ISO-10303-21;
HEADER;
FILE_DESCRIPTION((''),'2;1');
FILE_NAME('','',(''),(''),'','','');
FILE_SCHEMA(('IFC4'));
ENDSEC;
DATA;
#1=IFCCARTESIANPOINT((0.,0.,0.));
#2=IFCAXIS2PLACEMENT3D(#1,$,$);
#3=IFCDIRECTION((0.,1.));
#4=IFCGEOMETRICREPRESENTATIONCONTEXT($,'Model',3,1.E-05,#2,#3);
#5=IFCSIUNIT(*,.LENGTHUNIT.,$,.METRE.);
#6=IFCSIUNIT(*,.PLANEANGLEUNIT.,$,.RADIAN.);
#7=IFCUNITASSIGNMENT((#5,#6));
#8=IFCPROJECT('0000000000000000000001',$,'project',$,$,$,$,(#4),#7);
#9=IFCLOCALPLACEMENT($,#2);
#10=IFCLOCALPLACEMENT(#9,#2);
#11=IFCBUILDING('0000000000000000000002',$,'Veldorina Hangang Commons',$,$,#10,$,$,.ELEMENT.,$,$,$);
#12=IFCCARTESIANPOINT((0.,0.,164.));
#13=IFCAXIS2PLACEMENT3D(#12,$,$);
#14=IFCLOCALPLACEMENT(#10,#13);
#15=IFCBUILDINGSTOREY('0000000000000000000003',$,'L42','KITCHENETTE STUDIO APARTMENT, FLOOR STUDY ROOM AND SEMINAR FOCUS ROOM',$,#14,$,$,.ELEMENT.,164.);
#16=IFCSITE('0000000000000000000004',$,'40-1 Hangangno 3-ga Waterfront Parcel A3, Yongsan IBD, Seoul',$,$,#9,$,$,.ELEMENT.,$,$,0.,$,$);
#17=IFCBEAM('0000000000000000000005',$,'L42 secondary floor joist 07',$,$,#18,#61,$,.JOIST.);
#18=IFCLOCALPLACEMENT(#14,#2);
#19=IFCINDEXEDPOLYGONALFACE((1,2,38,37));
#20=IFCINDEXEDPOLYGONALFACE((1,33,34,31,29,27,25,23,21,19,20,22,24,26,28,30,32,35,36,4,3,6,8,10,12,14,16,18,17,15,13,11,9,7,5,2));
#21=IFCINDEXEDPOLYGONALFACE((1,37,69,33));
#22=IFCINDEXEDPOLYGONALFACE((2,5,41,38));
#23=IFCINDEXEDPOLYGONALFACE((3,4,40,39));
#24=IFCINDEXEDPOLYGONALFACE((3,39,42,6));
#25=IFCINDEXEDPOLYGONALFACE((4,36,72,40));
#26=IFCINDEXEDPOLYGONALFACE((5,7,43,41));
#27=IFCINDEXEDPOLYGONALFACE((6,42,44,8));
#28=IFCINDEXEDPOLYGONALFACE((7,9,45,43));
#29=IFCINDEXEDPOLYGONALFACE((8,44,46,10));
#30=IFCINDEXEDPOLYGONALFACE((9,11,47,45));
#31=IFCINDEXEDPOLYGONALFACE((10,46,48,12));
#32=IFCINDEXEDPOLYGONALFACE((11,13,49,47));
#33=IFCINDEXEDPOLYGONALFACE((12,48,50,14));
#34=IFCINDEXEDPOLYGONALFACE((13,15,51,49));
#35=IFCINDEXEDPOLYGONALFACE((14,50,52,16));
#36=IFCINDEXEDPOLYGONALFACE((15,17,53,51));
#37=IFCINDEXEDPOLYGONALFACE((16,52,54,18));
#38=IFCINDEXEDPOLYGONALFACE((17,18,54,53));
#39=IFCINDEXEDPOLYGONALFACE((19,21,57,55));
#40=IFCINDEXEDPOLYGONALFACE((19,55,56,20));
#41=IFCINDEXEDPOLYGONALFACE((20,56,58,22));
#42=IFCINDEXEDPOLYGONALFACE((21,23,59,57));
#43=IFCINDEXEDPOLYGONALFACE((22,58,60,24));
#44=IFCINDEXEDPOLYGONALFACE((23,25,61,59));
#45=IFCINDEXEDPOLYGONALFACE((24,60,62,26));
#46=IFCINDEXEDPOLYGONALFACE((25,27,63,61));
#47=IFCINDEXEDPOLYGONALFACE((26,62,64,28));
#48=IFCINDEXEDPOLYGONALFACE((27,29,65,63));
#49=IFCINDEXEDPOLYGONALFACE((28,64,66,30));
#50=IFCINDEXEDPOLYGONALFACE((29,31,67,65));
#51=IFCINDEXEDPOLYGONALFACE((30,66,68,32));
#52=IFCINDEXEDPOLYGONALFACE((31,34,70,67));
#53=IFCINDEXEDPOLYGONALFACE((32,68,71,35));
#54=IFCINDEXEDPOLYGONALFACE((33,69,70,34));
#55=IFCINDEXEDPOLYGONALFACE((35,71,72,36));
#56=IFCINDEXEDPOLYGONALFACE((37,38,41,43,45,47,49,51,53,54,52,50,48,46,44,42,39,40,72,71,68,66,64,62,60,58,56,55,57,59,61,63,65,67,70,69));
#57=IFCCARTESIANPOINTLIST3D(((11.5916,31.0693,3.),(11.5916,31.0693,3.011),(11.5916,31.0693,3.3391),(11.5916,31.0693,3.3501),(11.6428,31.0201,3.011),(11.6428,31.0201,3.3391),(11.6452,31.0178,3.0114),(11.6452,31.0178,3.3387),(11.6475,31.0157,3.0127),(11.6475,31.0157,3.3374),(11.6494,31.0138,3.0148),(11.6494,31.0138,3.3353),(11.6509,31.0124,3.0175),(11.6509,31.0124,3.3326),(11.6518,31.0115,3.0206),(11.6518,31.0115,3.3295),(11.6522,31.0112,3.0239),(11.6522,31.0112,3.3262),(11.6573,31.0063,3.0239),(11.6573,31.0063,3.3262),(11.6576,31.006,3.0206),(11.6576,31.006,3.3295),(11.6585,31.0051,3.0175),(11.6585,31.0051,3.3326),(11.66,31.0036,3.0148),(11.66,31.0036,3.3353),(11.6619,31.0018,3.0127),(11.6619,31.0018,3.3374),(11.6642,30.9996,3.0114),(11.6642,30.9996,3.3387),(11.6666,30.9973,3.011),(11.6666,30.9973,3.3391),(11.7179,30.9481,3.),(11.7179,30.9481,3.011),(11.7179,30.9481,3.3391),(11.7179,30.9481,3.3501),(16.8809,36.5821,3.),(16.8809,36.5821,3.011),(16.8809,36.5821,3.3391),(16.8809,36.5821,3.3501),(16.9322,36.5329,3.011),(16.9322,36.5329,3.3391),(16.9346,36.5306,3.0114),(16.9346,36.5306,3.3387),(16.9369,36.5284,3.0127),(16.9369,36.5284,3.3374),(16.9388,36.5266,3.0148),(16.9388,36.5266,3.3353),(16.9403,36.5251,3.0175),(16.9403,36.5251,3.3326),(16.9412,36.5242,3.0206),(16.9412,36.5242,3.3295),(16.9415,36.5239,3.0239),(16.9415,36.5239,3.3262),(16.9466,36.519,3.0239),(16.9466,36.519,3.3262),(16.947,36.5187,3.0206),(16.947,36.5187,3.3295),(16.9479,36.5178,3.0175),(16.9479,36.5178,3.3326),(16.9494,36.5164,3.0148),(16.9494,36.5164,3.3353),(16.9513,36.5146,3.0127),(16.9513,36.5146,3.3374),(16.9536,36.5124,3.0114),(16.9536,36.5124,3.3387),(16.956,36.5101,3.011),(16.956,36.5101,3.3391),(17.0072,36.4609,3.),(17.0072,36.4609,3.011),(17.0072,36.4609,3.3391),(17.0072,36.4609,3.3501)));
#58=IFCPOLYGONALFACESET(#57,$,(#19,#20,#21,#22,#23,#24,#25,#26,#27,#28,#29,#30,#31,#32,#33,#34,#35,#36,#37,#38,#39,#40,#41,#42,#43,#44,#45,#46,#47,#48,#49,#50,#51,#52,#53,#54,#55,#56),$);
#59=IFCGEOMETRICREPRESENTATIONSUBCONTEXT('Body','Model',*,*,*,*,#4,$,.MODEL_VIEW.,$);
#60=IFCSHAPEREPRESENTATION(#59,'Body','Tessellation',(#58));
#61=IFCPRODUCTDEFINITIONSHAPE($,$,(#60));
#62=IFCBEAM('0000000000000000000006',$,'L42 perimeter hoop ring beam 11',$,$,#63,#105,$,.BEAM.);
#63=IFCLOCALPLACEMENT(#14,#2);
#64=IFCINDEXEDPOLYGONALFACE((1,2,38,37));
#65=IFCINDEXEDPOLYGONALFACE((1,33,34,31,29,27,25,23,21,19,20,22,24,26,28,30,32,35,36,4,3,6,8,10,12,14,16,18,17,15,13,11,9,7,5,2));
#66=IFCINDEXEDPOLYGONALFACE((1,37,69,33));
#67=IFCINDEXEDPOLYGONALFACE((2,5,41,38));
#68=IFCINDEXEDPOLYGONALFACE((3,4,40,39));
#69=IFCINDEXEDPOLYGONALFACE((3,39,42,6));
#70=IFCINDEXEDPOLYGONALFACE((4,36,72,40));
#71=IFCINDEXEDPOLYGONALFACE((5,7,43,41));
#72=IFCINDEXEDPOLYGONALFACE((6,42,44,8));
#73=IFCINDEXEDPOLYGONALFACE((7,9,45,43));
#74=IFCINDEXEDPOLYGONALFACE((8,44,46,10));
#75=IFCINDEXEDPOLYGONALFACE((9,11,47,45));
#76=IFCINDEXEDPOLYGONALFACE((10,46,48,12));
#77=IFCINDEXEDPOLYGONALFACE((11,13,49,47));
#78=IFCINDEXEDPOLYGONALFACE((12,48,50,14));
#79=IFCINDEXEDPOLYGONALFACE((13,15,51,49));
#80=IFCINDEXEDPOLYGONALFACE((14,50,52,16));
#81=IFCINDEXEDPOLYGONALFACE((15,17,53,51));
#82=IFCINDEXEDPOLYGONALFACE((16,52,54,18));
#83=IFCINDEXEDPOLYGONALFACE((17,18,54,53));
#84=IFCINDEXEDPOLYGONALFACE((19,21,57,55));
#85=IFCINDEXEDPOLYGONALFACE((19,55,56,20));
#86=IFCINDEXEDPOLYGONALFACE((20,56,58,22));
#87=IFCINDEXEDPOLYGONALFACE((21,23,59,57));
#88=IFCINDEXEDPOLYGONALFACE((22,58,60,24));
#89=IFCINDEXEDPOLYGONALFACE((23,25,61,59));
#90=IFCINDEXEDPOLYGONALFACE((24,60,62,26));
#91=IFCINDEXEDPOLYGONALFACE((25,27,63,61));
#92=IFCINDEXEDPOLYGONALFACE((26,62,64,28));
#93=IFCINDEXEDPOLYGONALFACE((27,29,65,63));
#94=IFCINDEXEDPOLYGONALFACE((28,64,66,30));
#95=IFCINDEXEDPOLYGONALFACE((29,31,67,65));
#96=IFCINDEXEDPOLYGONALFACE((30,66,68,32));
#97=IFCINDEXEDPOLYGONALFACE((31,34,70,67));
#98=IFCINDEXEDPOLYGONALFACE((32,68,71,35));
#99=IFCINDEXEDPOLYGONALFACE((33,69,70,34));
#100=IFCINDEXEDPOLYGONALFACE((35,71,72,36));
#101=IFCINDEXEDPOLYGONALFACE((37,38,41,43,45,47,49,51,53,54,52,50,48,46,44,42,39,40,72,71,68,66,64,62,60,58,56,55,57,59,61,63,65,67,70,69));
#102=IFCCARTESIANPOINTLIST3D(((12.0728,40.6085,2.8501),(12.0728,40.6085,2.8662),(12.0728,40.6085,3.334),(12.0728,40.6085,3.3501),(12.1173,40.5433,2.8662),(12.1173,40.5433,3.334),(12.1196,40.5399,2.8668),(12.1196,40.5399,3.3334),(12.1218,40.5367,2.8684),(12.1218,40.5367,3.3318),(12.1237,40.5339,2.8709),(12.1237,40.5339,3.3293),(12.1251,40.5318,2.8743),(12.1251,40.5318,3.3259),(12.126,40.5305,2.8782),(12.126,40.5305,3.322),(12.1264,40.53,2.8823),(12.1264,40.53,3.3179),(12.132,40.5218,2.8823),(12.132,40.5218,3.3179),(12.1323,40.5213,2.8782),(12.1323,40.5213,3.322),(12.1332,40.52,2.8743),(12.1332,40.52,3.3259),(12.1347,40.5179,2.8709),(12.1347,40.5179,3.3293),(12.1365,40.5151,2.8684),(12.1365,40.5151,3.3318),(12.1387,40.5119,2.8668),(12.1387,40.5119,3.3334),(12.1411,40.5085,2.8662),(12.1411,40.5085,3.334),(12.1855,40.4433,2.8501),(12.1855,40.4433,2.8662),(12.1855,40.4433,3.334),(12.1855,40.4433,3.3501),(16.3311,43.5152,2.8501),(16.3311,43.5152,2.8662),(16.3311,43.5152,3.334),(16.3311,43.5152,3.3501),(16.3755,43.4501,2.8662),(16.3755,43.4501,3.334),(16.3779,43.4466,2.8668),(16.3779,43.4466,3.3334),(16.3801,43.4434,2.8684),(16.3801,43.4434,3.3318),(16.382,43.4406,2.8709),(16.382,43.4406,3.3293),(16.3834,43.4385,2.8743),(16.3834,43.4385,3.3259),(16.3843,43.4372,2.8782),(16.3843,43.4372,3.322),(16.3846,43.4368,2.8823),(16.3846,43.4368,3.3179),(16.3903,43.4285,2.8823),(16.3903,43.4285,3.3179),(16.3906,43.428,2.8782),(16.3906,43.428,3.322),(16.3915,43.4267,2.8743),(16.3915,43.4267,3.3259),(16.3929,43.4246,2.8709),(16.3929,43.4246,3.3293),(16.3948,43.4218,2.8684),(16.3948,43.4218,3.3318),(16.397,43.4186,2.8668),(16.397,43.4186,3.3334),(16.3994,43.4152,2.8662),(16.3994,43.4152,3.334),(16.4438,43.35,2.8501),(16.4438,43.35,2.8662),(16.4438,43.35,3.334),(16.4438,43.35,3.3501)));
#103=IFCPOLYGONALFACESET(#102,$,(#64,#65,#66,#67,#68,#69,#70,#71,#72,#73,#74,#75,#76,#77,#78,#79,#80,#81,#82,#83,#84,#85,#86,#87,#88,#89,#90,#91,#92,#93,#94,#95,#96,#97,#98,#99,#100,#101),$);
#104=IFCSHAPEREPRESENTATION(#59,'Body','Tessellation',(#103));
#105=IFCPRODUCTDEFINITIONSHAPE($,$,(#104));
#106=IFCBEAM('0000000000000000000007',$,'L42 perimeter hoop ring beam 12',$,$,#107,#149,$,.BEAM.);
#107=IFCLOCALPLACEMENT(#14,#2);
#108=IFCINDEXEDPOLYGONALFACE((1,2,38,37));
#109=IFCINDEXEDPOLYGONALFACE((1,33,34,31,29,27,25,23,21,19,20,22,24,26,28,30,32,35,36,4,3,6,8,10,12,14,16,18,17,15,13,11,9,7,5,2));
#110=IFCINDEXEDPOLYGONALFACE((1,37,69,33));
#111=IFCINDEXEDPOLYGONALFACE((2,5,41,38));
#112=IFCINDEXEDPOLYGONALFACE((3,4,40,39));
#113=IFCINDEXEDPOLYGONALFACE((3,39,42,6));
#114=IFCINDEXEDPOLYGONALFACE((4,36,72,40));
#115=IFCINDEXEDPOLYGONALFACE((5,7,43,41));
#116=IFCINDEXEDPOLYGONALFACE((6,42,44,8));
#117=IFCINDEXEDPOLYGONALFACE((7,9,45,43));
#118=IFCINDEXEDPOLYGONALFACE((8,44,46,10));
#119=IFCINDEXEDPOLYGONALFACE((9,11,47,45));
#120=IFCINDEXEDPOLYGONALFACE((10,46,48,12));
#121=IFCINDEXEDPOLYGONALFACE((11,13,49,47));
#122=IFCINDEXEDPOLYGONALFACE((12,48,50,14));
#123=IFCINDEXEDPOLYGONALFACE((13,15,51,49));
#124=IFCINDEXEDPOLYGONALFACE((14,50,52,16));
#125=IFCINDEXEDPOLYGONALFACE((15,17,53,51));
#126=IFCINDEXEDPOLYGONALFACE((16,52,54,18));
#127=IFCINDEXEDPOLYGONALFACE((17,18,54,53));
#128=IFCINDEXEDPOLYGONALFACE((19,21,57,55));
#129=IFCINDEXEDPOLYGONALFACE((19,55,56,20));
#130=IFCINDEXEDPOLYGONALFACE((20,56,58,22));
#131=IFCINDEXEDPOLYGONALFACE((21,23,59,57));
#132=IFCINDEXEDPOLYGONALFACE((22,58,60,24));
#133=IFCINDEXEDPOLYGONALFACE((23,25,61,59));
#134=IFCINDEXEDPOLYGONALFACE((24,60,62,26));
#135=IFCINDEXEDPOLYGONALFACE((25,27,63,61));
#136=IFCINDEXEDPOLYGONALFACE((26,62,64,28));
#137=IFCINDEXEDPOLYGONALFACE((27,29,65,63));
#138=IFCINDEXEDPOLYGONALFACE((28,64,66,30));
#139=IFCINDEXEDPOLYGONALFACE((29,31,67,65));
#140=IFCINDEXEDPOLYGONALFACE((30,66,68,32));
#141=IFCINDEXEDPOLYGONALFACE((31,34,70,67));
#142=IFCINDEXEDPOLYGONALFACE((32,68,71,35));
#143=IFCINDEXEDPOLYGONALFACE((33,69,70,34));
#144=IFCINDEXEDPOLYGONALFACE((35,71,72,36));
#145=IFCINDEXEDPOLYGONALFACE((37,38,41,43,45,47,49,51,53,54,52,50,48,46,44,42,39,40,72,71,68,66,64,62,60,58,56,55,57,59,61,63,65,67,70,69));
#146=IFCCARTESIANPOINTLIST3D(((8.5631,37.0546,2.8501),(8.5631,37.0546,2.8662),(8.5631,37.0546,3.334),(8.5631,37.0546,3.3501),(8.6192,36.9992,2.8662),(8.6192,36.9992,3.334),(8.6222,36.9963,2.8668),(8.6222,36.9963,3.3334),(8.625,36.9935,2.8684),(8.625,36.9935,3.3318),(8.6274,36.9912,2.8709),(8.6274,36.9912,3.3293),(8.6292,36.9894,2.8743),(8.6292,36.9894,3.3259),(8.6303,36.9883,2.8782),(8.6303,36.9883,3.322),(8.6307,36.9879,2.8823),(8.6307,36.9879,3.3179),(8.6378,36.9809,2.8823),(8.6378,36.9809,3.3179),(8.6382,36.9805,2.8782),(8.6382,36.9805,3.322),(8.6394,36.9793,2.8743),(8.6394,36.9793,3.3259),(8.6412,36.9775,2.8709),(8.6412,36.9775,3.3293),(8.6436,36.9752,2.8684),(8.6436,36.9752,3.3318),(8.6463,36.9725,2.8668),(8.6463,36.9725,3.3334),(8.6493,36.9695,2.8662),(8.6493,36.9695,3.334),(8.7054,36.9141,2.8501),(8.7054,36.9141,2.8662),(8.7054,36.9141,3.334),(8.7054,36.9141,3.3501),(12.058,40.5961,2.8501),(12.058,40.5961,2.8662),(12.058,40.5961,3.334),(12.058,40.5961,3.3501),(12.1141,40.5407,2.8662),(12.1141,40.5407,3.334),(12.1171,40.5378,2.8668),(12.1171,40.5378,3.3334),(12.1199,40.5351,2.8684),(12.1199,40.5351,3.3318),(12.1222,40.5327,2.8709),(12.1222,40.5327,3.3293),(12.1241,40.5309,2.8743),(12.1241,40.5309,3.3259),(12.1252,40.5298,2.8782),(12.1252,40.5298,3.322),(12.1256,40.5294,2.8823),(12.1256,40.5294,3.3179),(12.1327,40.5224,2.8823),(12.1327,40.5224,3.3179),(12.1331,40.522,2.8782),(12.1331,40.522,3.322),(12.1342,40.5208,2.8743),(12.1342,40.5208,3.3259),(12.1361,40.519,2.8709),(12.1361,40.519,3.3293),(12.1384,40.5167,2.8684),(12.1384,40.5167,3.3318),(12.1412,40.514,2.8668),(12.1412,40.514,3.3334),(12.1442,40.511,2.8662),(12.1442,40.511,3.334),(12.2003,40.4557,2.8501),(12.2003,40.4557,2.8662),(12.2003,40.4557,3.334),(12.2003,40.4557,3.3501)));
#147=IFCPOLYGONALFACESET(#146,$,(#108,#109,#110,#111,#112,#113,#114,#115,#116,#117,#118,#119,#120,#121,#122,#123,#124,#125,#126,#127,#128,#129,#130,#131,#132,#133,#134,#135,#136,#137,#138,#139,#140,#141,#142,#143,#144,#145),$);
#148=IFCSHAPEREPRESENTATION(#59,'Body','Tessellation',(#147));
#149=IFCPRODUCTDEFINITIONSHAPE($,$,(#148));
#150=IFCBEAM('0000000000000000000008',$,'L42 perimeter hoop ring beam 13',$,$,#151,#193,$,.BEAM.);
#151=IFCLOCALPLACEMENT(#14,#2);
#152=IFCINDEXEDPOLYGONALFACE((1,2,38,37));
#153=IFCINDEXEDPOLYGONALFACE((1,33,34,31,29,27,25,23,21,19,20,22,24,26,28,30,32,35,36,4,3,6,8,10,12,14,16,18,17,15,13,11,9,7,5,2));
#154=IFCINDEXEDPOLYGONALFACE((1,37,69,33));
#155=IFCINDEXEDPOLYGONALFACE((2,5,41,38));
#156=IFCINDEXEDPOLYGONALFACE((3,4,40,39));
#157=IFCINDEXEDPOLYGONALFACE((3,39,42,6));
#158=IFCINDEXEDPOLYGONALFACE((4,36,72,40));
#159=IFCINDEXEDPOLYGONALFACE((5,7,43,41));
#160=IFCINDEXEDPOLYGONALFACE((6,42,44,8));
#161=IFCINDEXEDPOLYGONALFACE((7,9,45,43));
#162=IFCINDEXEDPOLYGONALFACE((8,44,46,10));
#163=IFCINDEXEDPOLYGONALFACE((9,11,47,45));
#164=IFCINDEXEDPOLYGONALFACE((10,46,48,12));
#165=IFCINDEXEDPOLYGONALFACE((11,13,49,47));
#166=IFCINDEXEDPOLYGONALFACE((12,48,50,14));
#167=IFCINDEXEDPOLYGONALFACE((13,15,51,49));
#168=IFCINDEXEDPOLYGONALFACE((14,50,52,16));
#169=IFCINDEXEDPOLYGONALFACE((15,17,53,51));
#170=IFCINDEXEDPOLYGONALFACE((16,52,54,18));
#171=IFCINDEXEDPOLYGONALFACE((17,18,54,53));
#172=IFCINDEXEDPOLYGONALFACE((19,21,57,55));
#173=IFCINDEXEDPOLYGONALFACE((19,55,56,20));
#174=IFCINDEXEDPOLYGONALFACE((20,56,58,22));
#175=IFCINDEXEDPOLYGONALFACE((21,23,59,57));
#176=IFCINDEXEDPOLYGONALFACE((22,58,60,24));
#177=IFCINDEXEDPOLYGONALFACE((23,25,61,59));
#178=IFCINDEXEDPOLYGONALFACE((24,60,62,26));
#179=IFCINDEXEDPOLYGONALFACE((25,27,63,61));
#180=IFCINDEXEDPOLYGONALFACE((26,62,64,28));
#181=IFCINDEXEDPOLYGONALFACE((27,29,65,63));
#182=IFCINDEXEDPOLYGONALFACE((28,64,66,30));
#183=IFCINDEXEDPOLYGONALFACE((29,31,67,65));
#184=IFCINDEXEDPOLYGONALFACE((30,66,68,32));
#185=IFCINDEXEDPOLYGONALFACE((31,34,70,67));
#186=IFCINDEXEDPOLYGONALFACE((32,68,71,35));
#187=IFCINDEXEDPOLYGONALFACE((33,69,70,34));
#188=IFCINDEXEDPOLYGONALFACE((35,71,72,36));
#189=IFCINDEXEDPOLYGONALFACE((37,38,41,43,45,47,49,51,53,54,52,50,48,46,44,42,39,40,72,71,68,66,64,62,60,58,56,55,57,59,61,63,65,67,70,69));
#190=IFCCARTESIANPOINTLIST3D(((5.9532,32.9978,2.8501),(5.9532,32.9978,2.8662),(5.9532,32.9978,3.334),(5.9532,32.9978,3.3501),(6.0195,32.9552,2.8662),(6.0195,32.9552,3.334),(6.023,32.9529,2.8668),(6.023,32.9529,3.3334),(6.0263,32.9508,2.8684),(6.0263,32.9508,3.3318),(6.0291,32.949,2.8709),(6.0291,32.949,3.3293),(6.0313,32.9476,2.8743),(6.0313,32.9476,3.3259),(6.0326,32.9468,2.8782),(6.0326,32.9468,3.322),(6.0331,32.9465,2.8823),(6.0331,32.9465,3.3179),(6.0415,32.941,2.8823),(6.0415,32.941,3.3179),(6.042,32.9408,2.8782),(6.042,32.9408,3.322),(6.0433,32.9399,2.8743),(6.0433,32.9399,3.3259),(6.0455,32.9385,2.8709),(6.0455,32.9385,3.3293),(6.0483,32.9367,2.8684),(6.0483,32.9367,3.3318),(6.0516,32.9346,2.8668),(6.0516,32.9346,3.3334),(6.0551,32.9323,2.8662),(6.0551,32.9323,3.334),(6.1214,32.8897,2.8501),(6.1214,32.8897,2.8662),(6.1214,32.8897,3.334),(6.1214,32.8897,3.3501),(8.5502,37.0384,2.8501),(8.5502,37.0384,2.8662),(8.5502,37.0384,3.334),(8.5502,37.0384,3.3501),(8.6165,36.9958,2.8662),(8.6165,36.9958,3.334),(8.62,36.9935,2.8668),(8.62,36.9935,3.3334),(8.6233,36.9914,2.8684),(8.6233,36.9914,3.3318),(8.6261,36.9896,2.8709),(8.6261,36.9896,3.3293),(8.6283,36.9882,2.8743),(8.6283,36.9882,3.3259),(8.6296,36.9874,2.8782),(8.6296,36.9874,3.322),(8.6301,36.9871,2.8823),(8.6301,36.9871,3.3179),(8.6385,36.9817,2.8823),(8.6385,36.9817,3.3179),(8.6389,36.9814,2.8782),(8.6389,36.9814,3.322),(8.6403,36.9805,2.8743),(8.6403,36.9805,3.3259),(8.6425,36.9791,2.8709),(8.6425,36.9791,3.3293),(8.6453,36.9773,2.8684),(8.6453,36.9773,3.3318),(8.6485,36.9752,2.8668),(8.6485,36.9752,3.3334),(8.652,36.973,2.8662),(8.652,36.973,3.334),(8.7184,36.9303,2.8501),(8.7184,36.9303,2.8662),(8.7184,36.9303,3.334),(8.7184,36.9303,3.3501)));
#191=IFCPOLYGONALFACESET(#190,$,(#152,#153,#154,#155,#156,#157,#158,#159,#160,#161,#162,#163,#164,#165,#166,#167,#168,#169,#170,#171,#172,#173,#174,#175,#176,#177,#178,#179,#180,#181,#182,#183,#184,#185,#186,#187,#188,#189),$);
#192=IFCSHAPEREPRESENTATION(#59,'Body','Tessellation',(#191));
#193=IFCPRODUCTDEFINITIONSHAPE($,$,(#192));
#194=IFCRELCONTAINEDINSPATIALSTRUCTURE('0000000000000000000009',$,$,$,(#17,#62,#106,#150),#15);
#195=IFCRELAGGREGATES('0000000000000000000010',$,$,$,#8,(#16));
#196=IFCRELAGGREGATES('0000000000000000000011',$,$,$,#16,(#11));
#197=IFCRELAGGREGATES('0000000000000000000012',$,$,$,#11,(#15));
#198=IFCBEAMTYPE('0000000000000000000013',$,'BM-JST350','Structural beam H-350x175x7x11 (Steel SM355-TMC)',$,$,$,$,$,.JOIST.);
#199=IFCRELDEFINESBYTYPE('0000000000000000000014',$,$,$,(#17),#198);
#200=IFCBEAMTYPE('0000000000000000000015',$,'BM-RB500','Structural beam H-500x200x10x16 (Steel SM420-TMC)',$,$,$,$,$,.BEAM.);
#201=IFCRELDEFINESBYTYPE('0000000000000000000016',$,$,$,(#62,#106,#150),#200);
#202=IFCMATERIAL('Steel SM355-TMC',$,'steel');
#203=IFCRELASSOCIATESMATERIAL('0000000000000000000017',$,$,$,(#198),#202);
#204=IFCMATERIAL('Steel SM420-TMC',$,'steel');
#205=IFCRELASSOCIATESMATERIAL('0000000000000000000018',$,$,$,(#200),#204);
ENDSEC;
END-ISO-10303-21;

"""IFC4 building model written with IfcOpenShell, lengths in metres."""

from ifc_helpers import new_model, si_unit, direction, frame, origin, origin_2d, place, context, subcontext, project, spatial, i_section, extrude, material, material_profile, profile_set, type_object, element, save


model = new_model("IFC4")

# Units and contexts
model_context = context("Model", 3, precision=1e-05, world=origin(), true_north=direction((0.0, 1.0)))
body_context = subcontext(model_context, "Body", "Model", "MODEL_VIEW")
ifc_project = project(units=[si_unit("LENGTHUNIT", "METRE"), si_unit("PLANEANGLEUNIT", "RADIAN")], contexts=[model_context])

# Site, building, storey
site_placement = place(None, origin())
site = spatial("IfcSite", under=ifc_project, at=site_placement, Name="40-1 Hangangno 3-ga Waterfront Parcel A3, Yongsan IBD, Seoul", CompositionType="ELEMENT", RefElevation=0.0)
building_placement = place(site_placement, origin())
building = spatial("IfcBuilding", under=site, at=building_placement, Name="Veldorina Hangang Commons", CompositionType="ELEMENT")
storey_placement = place(building_placement, frame((0.0, 0.0, 164.0)))
storey = spatial("IfcBuildingStorey", under=building, at=storey_placement, Name="L42", Description="KITCHENETTE STUDIO APARTMENT, FLOOR STUDY ROOM AND SEMINAR FOCUS ROOM", CompositionType="ELEMENT", Elevation=164.0)

# Beams
ifc_material_1 = material(Name="Steel SM355-TMC", Category="steel")
ifc_material_profile_1 = material_profile(ifc_material_1, i_section(OverallWidth=0.175, OverallDepth=0.3501, WebThickness=0.0071, FlangeThickness=0.011, FilletRadius=0.0129, at=origin_2d()), Name="H-350x175x7x11")
ifc_profile_set_1 = profile_set([ifc_material_profile_1], Name="Steel SM355-TMC")
beam_type_1 = type_object("IfcBeamType", Name="BM-JST350", Description="Structural beam H-350x175x7x11 (Steel SM355-TMC)", PredefinedType="JOIST", material=ifc_profile_set_1)
beam_1_placement = place(storey_placement, frame((16.9441, 36.5215, 3.175), z_axis=(-0.692336, -0.721576, 0.0), x_axis=(0.721576, -0.692336, 0.0)))
element("IfcBeam", 1, at=beam_1_placement, inside=storey, type_object=beam_type_1, Name="L42 secondary floor joist 07", PredefinedType="JOIST", context=body_context, shape_type="SweptSolid", body=[
    extrude(i_section(OverallWidth=0.175, OverallDepth=0.3501, WebThickness=0.0071, FlangeThickness=0.011, FilletRadius=0.0129, at=origin_2d()), origin(), (0.0, 0.0, 1.0), 7.6399),
])
ifc_material_2 = material(Name="Steel SM420-TMC", Category="steel")
ifc_material_profile_2 = material_profile(ifc_material_2, i_section(OverallWidth=0.2, OverallDepth=0.5, WebThickness=0.01, FlangeThickness=0.0161, FilletRadius=0.0161, at=origin_2d()), Name="H-500x200x10x16")
ifc_profile_set_2 = profile_set([ifc_material_profile_2], Name="Steel SM420-TMC")
beam_type_2 = type_object("IfcBeamType", Name="BM-RB500", Description="Structural beam H-500x200x10x16 (Steel SM420-TMC)", PredefinedType="BEAM", material=ifc_profile_set_2)
beam_2_placement = place(storey_placement, frame((16.3875, 43.4326, 3.1001), z_axis=(-0.825925, -0.56378, 0.0), x_axis=(0.56378, -0.825925, 0.0)))
element("IfcBeam", 2, at=beam_2_placement, inside=storey, type_object=beam_type_2, Name="L42 perimeter hoop ring beam 11", PredefinedType="BEAM", context=body_context, shape_type="SweptSolid", body=[
    extrude(i_section(OverallWidth=0.2, OverallDepth=0.5, WebThickness=0.01, FlangeThickness=0.0161, FilletRadius=0.0161, at=origin_2d()), origin(), (0.0, 0.0, 1.0), 5.1558),
])
beam_3_placement = place(storey_placement, frame((12.1292, 40.5259, 3.1001), z_axis=(-0.702405, -0.711777, 0.0), x_axis=(0.711777, -0.702405, 0.0)))
element("IfcBeam", 3, at=beam_3_placement, inside=storey, type_object=beam_type_2, Name="L42 perimeter hoop ring beam 12", PredefinedType="BEAM", context=body_context, shape_type="SweptSolid", body=[
    extrude(i_section(OverallWidth=0.2, OverallDepth=0.5, WebThickness=0.01, FlangeThickness=0.0161, FilletRadius=0.0161, at=origin_2d()), origin(), (0.0, 0.0, 1.0), 4.9756),
])
beam_4_placement = place(storey_placement, frame((8.6343, 36.9844, 3.1001), z_axis=(-0.540675, -0.841231, 0.0), x_axis=(0.841231, -0.540675, 0.0)))
element("IfcBeam", 4, at=beam_4_placement, inside=storey, type_object=beam_type_2, Name="L42 perimeter hoop ring beam 13", PredefinedType="BEAM", context=body_context, shape_type="SweptSolid", body=[
    extrude(i_section(OverallWidth=0.2, OverallDepth=0.5, WebThickness=0.01, FlangeThickness=0.0161, FilletRadius=0.0161, at=origin_2d()), origin(), (0.0, 0.0, 1.0), 4.8032),
])

save(model, "model.ifc")
